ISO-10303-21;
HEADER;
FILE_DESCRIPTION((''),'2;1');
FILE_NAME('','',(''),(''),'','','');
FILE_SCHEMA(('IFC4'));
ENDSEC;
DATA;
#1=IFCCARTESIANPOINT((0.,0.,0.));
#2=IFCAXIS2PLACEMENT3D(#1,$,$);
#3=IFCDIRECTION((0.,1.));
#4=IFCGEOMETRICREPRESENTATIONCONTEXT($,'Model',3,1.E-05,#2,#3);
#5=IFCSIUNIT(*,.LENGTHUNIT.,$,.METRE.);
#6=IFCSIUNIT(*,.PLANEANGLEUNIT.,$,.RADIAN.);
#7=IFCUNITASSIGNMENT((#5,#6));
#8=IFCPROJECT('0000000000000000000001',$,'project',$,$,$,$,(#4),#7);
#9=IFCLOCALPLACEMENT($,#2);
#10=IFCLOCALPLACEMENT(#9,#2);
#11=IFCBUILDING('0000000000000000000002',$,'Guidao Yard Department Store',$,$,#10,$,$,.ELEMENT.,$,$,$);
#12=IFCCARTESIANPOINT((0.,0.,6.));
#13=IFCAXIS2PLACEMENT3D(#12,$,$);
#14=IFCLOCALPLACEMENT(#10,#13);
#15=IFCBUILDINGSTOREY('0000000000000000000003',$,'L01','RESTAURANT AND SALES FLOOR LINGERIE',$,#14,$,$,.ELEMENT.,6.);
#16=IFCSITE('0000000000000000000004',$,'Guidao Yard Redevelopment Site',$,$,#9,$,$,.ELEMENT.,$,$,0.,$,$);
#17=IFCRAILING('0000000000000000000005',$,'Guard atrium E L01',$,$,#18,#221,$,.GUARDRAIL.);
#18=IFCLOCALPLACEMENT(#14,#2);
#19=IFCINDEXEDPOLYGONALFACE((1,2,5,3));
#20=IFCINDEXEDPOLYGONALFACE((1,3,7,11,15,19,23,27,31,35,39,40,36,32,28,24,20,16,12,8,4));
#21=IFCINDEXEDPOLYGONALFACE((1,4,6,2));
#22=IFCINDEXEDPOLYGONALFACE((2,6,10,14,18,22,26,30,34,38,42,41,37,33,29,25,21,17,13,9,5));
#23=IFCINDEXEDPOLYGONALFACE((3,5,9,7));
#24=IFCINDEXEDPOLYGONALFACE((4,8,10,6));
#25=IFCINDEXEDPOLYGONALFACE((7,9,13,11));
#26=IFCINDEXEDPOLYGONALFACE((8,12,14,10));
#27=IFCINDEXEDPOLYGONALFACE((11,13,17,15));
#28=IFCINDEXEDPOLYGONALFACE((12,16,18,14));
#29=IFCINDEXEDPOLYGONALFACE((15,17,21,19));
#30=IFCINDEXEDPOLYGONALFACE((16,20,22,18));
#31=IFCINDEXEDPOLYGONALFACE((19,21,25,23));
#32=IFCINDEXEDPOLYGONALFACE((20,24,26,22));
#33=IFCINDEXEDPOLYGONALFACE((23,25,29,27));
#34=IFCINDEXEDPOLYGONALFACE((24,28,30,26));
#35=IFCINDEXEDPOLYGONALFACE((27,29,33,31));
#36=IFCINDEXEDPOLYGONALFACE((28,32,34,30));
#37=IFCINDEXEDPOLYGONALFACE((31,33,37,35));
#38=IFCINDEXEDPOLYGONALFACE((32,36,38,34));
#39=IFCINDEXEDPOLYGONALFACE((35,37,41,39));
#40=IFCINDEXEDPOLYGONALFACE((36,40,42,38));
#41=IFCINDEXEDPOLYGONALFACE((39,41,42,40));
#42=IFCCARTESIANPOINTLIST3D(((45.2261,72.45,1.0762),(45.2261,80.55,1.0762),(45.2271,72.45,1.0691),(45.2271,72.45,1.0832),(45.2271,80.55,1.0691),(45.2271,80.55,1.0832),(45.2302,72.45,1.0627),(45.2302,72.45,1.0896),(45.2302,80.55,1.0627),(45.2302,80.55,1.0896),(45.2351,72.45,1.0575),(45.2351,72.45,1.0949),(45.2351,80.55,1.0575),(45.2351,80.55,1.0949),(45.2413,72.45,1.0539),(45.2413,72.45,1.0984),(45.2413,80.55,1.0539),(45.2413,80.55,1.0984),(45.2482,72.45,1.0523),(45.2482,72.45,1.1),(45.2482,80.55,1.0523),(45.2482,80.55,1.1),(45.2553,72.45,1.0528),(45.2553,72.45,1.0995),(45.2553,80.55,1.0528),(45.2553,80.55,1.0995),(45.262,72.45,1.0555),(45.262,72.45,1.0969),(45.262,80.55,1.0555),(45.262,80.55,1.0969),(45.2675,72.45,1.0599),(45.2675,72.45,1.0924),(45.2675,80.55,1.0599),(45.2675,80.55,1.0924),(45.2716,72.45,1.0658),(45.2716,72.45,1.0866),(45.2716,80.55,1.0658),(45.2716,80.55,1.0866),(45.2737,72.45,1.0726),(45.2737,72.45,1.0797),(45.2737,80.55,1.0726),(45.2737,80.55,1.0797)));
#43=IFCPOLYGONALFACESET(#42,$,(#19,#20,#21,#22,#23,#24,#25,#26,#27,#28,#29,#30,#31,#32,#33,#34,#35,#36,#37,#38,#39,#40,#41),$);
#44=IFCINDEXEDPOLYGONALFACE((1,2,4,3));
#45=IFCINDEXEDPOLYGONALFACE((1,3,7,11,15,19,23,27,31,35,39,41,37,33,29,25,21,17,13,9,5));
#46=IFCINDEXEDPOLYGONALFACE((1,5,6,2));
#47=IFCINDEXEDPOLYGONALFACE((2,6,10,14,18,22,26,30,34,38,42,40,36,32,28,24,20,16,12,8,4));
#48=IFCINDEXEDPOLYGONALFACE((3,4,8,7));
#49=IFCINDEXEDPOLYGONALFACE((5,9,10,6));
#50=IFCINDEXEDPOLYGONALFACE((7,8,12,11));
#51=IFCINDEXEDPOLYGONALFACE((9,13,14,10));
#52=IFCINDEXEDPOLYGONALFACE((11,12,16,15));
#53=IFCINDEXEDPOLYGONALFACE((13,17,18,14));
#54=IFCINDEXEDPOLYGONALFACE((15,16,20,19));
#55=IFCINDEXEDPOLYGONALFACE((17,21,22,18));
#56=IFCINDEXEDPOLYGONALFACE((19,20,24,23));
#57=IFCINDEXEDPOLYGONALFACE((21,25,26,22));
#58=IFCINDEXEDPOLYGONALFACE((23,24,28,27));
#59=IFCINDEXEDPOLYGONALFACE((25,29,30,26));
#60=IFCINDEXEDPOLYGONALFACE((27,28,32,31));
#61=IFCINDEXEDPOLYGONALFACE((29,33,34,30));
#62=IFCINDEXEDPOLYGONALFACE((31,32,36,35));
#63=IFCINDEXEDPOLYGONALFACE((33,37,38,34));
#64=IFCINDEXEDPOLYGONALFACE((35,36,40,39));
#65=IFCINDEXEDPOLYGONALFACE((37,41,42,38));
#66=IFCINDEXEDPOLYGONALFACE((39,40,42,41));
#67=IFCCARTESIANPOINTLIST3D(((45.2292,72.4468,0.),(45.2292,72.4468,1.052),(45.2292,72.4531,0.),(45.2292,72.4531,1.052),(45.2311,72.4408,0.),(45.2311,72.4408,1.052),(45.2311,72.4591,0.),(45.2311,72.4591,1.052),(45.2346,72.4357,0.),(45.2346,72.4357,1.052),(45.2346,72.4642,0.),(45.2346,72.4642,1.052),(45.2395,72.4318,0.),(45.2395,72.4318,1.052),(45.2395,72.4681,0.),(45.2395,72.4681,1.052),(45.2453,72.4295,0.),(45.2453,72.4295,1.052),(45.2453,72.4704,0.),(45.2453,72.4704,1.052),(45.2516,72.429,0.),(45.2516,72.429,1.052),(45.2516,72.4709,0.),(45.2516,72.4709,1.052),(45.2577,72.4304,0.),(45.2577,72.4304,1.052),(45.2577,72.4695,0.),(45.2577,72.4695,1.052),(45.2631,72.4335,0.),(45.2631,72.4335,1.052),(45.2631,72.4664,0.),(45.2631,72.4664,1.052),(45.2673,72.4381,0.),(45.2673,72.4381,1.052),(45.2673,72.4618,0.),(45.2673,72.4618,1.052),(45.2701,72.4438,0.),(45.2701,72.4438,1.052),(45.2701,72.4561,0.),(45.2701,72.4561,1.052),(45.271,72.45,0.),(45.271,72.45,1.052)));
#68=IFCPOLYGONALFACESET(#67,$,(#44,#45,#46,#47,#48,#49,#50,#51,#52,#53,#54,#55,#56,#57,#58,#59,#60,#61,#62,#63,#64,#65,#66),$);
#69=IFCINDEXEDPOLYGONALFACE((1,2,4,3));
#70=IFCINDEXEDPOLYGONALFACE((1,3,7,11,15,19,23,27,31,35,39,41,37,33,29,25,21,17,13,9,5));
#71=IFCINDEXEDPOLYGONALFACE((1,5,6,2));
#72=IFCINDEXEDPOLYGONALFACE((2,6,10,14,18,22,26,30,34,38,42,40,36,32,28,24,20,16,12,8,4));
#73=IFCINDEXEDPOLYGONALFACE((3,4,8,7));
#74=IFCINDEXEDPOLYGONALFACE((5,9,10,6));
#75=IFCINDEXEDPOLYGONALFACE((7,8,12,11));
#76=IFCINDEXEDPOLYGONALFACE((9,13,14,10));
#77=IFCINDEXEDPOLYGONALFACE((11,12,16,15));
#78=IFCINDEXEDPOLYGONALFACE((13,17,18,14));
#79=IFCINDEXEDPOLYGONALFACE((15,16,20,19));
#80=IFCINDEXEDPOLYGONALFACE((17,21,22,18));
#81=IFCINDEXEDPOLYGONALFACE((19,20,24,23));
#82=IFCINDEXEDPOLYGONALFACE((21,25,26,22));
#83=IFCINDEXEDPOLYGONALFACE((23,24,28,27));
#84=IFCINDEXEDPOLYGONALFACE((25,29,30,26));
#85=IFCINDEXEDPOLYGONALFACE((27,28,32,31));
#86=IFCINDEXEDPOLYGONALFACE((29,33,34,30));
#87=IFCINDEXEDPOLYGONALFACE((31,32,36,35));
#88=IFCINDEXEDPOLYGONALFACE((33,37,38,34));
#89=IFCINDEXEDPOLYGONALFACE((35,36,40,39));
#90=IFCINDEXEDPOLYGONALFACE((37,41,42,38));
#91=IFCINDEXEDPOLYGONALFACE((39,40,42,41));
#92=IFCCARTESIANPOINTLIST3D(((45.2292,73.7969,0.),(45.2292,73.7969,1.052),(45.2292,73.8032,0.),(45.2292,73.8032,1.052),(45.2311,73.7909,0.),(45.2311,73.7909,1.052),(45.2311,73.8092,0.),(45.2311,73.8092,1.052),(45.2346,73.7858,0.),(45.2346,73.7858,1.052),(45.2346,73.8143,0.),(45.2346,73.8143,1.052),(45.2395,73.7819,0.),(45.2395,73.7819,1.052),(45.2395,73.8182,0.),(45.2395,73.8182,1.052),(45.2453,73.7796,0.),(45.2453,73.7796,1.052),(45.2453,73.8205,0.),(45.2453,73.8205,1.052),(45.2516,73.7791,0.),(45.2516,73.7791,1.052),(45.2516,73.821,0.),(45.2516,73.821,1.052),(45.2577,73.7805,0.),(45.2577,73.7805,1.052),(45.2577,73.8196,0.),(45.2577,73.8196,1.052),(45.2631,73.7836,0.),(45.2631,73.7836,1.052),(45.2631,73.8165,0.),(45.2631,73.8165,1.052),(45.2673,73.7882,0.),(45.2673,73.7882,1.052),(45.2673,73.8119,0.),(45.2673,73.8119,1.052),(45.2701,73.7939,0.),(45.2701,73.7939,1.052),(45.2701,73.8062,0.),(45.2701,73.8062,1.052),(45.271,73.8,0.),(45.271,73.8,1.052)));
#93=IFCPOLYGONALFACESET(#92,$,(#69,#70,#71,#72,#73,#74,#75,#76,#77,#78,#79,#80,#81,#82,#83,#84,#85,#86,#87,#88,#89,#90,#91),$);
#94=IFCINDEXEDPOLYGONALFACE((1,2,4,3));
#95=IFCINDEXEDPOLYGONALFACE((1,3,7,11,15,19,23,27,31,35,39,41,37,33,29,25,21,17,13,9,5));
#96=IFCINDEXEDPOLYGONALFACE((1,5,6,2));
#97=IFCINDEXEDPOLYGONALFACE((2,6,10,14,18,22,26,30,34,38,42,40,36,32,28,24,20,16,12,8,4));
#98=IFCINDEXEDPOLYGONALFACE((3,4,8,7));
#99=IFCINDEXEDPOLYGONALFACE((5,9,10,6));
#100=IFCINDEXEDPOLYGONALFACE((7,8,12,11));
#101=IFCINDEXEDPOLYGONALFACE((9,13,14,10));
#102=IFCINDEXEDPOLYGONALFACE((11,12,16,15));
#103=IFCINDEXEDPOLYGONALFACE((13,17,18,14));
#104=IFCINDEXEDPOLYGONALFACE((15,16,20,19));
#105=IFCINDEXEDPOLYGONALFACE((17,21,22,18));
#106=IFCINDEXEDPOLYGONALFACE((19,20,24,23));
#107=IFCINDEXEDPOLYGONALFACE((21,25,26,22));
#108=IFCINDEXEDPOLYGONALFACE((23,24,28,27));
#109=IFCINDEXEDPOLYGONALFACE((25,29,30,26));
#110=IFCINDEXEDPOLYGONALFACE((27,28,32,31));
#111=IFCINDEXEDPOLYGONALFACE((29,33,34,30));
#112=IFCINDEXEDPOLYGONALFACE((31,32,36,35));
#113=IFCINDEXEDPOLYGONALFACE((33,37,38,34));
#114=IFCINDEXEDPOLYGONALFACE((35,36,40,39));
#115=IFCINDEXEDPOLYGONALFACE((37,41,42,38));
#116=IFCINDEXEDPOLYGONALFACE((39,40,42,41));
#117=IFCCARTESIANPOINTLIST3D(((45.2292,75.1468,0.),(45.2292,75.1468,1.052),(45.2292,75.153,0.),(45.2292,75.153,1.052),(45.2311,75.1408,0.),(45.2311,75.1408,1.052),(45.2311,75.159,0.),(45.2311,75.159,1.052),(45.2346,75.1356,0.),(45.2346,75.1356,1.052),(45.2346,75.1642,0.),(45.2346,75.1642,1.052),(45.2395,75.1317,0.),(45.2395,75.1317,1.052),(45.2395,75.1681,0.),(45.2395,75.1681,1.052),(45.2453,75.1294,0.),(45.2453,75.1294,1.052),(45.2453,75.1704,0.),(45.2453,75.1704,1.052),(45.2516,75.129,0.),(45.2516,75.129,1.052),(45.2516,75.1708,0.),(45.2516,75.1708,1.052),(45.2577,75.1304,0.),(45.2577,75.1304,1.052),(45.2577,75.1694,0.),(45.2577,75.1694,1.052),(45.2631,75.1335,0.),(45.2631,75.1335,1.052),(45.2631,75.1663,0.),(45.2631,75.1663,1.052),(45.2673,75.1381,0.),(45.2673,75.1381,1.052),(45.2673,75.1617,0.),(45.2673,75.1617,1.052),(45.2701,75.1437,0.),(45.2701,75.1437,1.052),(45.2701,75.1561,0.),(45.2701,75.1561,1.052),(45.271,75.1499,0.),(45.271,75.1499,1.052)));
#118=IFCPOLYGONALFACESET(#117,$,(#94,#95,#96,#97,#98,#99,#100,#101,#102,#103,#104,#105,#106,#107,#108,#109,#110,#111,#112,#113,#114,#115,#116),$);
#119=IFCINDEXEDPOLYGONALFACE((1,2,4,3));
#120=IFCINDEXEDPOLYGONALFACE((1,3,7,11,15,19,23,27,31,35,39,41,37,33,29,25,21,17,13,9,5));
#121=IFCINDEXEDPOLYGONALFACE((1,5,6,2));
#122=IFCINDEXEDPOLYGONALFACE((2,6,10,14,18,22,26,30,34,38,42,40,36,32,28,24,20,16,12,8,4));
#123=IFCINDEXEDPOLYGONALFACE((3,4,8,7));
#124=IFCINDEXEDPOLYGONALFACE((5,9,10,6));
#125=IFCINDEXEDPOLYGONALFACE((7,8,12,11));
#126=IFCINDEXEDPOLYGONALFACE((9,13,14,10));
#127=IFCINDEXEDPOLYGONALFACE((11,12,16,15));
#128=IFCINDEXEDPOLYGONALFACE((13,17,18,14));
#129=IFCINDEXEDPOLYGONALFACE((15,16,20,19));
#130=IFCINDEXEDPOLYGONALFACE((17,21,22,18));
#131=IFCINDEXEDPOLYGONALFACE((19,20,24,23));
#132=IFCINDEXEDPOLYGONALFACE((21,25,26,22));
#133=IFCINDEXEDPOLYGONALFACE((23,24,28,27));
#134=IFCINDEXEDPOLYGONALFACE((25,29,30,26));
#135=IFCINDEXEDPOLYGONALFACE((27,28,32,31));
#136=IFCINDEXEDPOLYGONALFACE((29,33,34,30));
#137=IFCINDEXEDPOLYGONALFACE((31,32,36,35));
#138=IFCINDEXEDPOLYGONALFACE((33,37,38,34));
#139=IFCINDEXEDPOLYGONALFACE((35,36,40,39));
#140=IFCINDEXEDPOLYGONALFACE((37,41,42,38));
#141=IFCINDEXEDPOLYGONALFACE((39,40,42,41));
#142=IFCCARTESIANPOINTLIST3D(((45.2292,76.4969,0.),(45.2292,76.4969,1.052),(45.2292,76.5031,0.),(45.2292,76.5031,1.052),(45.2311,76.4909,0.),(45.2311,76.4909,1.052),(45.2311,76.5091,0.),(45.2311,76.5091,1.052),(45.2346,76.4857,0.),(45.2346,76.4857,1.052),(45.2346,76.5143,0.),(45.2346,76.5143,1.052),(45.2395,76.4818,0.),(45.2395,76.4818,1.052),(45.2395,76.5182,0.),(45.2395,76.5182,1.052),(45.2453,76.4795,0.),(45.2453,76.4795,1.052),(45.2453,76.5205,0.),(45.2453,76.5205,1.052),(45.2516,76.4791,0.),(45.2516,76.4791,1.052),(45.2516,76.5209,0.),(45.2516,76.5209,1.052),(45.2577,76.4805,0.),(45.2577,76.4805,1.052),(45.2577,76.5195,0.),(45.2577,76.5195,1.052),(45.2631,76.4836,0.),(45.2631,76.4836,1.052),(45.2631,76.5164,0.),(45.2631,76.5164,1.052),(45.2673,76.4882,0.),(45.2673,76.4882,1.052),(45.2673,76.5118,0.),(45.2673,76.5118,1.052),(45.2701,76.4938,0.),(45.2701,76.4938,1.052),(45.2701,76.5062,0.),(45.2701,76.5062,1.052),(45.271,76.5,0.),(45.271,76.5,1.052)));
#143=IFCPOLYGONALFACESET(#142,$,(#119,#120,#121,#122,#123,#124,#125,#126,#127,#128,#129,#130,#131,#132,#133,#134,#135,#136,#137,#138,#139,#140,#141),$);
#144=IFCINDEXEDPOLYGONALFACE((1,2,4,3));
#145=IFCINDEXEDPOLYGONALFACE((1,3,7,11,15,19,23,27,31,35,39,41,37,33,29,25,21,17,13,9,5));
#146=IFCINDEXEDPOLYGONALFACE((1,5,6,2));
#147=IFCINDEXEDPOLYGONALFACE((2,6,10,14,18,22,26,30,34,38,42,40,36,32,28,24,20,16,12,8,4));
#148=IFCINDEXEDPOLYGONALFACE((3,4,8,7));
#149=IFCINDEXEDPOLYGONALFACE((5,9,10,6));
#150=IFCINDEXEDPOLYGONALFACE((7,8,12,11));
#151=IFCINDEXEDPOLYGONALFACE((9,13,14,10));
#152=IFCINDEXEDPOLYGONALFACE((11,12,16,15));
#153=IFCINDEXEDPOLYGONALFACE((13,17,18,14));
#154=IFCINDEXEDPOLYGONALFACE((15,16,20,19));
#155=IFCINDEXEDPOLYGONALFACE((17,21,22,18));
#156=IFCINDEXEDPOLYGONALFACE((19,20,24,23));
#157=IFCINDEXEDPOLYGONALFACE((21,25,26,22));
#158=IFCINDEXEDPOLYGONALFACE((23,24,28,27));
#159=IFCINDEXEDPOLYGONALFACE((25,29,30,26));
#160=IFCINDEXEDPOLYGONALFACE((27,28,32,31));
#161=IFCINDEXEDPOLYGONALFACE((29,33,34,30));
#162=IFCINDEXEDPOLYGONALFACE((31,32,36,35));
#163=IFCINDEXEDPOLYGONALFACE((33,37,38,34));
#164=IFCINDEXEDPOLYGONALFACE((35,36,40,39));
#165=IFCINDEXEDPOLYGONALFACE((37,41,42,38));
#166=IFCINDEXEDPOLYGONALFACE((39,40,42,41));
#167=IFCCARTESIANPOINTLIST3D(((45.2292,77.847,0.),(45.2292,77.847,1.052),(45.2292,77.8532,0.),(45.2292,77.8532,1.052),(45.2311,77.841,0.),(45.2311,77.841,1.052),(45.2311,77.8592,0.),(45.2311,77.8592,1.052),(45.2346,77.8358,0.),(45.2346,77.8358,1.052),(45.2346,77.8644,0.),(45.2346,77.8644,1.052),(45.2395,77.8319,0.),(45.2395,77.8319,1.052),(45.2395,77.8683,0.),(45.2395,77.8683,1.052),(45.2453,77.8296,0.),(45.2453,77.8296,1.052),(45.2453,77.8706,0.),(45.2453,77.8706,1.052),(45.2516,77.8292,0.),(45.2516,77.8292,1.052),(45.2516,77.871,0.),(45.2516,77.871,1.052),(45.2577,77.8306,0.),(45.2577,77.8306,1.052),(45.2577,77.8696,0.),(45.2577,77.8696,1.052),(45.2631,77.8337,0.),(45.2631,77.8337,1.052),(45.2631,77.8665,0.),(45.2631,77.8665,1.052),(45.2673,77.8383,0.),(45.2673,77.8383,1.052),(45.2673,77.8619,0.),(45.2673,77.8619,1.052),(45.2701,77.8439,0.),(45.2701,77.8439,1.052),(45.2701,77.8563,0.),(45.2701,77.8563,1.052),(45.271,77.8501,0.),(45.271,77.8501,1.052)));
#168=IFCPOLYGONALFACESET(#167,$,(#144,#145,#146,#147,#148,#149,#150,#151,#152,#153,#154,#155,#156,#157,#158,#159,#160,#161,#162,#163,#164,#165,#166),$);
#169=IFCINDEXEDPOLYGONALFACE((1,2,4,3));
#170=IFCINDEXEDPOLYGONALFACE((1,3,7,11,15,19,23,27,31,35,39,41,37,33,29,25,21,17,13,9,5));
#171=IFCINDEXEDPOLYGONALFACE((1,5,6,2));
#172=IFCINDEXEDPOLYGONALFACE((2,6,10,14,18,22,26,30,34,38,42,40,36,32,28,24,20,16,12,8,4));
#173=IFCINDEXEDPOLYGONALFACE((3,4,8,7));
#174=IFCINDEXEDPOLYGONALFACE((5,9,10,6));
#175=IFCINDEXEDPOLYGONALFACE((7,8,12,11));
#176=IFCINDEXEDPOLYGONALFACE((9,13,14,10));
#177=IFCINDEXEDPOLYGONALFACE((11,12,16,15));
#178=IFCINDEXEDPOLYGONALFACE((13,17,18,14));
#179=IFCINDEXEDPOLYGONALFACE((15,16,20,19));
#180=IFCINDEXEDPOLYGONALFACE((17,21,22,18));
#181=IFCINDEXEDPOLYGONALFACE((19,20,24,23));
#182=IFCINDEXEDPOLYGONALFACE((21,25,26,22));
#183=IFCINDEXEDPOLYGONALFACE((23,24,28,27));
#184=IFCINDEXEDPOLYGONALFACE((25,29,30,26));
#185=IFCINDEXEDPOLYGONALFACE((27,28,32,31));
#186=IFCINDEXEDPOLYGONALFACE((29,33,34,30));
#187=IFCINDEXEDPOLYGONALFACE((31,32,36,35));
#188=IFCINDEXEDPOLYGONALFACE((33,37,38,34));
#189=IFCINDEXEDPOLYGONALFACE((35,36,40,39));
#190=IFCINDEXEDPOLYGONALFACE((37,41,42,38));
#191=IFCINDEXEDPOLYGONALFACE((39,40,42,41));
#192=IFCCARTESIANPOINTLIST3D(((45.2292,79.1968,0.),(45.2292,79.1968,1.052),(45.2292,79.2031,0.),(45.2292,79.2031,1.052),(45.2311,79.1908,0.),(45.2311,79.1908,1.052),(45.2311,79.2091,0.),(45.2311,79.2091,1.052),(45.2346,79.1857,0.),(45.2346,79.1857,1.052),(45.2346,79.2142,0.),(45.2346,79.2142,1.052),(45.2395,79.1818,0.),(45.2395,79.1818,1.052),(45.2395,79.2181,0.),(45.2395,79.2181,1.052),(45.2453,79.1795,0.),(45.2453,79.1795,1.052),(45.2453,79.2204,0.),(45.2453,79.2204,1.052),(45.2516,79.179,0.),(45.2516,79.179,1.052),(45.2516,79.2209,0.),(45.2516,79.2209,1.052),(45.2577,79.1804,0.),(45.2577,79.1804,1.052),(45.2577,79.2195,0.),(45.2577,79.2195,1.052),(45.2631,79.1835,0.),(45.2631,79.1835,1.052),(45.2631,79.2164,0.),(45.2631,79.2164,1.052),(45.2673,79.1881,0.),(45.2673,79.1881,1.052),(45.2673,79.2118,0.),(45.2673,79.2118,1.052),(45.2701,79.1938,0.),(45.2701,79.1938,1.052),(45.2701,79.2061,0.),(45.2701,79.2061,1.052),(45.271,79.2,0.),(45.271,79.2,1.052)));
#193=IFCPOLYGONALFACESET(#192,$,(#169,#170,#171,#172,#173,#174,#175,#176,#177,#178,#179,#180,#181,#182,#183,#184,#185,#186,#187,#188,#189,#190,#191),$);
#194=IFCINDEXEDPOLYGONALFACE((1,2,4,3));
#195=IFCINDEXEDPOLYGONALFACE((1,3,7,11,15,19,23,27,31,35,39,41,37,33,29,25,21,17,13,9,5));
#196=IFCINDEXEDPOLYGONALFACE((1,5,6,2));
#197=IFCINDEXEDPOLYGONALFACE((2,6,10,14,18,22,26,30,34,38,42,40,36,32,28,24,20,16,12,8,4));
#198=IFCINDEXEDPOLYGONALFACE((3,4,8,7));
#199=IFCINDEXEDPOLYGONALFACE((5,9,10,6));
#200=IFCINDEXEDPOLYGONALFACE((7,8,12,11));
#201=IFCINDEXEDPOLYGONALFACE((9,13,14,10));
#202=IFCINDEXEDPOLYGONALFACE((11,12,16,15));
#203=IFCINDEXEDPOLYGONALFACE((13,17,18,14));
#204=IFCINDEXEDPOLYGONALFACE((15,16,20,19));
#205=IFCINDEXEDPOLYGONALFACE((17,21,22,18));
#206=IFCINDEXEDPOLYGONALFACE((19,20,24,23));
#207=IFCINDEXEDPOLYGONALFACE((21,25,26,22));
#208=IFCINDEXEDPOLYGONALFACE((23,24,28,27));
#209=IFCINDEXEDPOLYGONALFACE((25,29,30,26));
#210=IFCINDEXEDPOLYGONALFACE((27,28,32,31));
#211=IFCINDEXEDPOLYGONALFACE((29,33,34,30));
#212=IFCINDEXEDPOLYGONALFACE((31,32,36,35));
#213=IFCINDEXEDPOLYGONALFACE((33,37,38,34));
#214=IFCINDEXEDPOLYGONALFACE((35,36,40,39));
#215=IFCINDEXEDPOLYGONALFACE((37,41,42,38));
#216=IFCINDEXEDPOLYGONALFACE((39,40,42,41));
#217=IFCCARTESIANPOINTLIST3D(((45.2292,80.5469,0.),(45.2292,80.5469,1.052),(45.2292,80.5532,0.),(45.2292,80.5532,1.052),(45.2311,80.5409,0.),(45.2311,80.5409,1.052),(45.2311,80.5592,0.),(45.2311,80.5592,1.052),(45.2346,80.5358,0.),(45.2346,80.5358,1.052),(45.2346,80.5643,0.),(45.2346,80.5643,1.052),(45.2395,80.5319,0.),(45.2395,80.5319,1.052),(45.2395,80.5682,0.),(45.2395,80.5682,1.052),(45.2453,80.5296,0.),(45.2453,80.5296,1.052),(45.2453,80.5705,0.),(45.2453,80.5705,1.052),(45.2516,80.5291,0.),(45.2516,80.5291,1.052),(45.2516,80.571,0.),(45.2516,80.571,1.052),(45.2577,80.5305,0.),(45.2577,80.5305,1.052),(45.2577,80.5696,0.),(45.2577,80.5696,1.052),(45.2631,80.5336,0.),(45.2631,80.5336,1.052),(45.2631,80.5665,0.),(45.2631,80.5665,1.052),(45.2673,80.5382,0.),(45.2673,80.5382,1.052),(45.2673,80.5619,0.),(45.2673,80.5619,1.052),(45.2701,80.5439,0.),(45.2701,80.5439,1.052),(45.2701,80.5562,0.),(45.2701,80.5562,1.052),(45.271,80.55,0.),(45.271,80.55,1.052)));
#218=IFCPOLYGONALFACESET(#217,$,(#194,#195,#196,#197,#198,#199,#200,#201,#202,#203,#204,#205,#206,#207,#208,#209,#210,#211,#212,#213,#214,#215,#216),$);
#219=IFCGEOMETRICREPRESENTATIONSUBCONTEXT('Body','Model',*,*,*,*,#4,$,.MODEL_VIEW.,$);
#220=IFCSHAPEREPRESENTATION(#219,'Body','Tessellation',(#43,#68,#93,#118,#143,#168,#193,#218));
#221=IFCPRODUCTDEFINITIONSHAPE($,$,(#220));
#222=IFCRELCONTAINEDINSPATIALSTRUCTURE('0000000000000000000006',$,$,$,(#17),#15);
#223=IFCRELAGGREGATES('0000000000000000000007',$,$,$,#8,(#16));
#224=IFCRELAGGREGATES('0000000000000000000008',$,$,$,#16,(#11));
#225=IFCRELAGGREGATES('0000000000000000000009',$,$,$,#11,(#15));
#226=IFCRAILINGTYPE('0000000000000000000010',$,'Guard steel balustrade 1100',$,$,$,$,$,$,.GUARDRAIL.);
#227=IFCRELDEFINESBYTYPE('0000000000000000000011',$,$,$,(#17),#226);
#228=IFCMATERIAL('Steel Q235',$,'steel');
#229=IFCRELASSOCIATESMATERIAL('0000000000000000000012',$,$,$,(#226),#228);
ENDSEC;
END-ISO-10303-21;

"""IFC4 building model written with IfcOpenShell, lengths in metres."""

from ifc_helpers import new_model, si_unit, direction, frame, origin, origin_2d, place, context, subcontext, project, spatial, circle, extrude, material, type_object, element, save


model = new_model("IFC4")

# Units and contexts
model_context = context("Model", 3, precision=1e-05, world=origin(), true_north=direction((0.0, 1.0)))
body_context = subcontext(model_context, "Body", "Model", "MODEL_VIEW")
ifc_project = project(units=[si_unit("LENGTHUNIT", "METRE"), si_unit("PLANEANGLEUNIT", "RADIAN")], contexts=[model_context])

# Site, building, storey
site_placement = place(None, origin())
site = spatial("IfcSite", under=ifc_project, at=site_placement, Name="Guidao Yard Redevelopment Site", CompositionType="ELEMENT", RefElevation=0.0)
building_placement = place(site_placement, origin())
building = spatial("IfcBuilding", under=site, at=building_placement, Name="Guidao Yard Department Store", CompositionType="ELEMENT")
storey_placement = place(building_placement, frame((0.0, 0.0, 6.0)))
storey = spatial("IfcBuildingStorey", under=building, at=storey_placement, Name="L01", Description="RESTAURANT AND SALES FLOOR LINGERIE", CompositionType="ELEMENT", Elevation=6.0)

# Railing
ifc_material_1 = material(Name="Steel Q235", Category="steel")
railing_type_1 = type_object("IfcRailingType", Name="Guard steel balustrade 1100", PredefinedType="GUARDRAIL", material=ifc_material_1)
for number, where, name in (
    (1, (45.25, 72.45, 0.0), "Guard atrium E L01"),
):
    element("IfcRailing", number, at=place(storey_placement, frame(where)), inside=storey, type_object=railing_type_1, Name=name, PredefinedType="GUARDRAIL", context=body_context, shape_type="SweptSolid", body=[
        extrude(circle(Radius=0.0239, at=origin_2d()), frame((0.0, 0.0, 1.0762), z_axis=(0.0, 1.0, 0.0), x_axis=(-1.0, 0.0, 0.0)), (0.0, 0.0, 1.0), 8.1001),
        extrude(circle(Radius=0.021, at=origin_2d()), origin(), (0.0, 0.0, 1.0), 1.052),
        extrude(circle(Radius=0.021, at=origin_2d()), frame((0.0, 1.3501, 0.0)), (0.0, 0.0, 1.0), 1.052),
        extrude(circle(Radius=0.021, at=origin_2d()), frame((0.0, 2.7, 0.0)), (0.0, 0.0, 1.0), 1.052),
        extrude(circle(Radius=0.021, at=origin_2d()), frame((0.0, 4.05, 0.0)), (0.0, 0.0, 1.0), 1.052),
        extrude(circle(Radius=0.021, at=origin_2d()), frame((0.0, 5.4001, 0.0)), (0.0, 0.0, 1.0), 1.052),
        extrude(circle(Radius=0.021, at=origin_2d()), frame((0.0, 6.75, 0.0)), (0.0, 0.0, 1.0), 1.052),
        extrude(circle(Radius=0.021, at=origin_2d()), frame((0.0, 8.1001, 0.0)), (0.0, 0.0, 1.0), 1.052),
    ])

save(model, "model.ifc")
